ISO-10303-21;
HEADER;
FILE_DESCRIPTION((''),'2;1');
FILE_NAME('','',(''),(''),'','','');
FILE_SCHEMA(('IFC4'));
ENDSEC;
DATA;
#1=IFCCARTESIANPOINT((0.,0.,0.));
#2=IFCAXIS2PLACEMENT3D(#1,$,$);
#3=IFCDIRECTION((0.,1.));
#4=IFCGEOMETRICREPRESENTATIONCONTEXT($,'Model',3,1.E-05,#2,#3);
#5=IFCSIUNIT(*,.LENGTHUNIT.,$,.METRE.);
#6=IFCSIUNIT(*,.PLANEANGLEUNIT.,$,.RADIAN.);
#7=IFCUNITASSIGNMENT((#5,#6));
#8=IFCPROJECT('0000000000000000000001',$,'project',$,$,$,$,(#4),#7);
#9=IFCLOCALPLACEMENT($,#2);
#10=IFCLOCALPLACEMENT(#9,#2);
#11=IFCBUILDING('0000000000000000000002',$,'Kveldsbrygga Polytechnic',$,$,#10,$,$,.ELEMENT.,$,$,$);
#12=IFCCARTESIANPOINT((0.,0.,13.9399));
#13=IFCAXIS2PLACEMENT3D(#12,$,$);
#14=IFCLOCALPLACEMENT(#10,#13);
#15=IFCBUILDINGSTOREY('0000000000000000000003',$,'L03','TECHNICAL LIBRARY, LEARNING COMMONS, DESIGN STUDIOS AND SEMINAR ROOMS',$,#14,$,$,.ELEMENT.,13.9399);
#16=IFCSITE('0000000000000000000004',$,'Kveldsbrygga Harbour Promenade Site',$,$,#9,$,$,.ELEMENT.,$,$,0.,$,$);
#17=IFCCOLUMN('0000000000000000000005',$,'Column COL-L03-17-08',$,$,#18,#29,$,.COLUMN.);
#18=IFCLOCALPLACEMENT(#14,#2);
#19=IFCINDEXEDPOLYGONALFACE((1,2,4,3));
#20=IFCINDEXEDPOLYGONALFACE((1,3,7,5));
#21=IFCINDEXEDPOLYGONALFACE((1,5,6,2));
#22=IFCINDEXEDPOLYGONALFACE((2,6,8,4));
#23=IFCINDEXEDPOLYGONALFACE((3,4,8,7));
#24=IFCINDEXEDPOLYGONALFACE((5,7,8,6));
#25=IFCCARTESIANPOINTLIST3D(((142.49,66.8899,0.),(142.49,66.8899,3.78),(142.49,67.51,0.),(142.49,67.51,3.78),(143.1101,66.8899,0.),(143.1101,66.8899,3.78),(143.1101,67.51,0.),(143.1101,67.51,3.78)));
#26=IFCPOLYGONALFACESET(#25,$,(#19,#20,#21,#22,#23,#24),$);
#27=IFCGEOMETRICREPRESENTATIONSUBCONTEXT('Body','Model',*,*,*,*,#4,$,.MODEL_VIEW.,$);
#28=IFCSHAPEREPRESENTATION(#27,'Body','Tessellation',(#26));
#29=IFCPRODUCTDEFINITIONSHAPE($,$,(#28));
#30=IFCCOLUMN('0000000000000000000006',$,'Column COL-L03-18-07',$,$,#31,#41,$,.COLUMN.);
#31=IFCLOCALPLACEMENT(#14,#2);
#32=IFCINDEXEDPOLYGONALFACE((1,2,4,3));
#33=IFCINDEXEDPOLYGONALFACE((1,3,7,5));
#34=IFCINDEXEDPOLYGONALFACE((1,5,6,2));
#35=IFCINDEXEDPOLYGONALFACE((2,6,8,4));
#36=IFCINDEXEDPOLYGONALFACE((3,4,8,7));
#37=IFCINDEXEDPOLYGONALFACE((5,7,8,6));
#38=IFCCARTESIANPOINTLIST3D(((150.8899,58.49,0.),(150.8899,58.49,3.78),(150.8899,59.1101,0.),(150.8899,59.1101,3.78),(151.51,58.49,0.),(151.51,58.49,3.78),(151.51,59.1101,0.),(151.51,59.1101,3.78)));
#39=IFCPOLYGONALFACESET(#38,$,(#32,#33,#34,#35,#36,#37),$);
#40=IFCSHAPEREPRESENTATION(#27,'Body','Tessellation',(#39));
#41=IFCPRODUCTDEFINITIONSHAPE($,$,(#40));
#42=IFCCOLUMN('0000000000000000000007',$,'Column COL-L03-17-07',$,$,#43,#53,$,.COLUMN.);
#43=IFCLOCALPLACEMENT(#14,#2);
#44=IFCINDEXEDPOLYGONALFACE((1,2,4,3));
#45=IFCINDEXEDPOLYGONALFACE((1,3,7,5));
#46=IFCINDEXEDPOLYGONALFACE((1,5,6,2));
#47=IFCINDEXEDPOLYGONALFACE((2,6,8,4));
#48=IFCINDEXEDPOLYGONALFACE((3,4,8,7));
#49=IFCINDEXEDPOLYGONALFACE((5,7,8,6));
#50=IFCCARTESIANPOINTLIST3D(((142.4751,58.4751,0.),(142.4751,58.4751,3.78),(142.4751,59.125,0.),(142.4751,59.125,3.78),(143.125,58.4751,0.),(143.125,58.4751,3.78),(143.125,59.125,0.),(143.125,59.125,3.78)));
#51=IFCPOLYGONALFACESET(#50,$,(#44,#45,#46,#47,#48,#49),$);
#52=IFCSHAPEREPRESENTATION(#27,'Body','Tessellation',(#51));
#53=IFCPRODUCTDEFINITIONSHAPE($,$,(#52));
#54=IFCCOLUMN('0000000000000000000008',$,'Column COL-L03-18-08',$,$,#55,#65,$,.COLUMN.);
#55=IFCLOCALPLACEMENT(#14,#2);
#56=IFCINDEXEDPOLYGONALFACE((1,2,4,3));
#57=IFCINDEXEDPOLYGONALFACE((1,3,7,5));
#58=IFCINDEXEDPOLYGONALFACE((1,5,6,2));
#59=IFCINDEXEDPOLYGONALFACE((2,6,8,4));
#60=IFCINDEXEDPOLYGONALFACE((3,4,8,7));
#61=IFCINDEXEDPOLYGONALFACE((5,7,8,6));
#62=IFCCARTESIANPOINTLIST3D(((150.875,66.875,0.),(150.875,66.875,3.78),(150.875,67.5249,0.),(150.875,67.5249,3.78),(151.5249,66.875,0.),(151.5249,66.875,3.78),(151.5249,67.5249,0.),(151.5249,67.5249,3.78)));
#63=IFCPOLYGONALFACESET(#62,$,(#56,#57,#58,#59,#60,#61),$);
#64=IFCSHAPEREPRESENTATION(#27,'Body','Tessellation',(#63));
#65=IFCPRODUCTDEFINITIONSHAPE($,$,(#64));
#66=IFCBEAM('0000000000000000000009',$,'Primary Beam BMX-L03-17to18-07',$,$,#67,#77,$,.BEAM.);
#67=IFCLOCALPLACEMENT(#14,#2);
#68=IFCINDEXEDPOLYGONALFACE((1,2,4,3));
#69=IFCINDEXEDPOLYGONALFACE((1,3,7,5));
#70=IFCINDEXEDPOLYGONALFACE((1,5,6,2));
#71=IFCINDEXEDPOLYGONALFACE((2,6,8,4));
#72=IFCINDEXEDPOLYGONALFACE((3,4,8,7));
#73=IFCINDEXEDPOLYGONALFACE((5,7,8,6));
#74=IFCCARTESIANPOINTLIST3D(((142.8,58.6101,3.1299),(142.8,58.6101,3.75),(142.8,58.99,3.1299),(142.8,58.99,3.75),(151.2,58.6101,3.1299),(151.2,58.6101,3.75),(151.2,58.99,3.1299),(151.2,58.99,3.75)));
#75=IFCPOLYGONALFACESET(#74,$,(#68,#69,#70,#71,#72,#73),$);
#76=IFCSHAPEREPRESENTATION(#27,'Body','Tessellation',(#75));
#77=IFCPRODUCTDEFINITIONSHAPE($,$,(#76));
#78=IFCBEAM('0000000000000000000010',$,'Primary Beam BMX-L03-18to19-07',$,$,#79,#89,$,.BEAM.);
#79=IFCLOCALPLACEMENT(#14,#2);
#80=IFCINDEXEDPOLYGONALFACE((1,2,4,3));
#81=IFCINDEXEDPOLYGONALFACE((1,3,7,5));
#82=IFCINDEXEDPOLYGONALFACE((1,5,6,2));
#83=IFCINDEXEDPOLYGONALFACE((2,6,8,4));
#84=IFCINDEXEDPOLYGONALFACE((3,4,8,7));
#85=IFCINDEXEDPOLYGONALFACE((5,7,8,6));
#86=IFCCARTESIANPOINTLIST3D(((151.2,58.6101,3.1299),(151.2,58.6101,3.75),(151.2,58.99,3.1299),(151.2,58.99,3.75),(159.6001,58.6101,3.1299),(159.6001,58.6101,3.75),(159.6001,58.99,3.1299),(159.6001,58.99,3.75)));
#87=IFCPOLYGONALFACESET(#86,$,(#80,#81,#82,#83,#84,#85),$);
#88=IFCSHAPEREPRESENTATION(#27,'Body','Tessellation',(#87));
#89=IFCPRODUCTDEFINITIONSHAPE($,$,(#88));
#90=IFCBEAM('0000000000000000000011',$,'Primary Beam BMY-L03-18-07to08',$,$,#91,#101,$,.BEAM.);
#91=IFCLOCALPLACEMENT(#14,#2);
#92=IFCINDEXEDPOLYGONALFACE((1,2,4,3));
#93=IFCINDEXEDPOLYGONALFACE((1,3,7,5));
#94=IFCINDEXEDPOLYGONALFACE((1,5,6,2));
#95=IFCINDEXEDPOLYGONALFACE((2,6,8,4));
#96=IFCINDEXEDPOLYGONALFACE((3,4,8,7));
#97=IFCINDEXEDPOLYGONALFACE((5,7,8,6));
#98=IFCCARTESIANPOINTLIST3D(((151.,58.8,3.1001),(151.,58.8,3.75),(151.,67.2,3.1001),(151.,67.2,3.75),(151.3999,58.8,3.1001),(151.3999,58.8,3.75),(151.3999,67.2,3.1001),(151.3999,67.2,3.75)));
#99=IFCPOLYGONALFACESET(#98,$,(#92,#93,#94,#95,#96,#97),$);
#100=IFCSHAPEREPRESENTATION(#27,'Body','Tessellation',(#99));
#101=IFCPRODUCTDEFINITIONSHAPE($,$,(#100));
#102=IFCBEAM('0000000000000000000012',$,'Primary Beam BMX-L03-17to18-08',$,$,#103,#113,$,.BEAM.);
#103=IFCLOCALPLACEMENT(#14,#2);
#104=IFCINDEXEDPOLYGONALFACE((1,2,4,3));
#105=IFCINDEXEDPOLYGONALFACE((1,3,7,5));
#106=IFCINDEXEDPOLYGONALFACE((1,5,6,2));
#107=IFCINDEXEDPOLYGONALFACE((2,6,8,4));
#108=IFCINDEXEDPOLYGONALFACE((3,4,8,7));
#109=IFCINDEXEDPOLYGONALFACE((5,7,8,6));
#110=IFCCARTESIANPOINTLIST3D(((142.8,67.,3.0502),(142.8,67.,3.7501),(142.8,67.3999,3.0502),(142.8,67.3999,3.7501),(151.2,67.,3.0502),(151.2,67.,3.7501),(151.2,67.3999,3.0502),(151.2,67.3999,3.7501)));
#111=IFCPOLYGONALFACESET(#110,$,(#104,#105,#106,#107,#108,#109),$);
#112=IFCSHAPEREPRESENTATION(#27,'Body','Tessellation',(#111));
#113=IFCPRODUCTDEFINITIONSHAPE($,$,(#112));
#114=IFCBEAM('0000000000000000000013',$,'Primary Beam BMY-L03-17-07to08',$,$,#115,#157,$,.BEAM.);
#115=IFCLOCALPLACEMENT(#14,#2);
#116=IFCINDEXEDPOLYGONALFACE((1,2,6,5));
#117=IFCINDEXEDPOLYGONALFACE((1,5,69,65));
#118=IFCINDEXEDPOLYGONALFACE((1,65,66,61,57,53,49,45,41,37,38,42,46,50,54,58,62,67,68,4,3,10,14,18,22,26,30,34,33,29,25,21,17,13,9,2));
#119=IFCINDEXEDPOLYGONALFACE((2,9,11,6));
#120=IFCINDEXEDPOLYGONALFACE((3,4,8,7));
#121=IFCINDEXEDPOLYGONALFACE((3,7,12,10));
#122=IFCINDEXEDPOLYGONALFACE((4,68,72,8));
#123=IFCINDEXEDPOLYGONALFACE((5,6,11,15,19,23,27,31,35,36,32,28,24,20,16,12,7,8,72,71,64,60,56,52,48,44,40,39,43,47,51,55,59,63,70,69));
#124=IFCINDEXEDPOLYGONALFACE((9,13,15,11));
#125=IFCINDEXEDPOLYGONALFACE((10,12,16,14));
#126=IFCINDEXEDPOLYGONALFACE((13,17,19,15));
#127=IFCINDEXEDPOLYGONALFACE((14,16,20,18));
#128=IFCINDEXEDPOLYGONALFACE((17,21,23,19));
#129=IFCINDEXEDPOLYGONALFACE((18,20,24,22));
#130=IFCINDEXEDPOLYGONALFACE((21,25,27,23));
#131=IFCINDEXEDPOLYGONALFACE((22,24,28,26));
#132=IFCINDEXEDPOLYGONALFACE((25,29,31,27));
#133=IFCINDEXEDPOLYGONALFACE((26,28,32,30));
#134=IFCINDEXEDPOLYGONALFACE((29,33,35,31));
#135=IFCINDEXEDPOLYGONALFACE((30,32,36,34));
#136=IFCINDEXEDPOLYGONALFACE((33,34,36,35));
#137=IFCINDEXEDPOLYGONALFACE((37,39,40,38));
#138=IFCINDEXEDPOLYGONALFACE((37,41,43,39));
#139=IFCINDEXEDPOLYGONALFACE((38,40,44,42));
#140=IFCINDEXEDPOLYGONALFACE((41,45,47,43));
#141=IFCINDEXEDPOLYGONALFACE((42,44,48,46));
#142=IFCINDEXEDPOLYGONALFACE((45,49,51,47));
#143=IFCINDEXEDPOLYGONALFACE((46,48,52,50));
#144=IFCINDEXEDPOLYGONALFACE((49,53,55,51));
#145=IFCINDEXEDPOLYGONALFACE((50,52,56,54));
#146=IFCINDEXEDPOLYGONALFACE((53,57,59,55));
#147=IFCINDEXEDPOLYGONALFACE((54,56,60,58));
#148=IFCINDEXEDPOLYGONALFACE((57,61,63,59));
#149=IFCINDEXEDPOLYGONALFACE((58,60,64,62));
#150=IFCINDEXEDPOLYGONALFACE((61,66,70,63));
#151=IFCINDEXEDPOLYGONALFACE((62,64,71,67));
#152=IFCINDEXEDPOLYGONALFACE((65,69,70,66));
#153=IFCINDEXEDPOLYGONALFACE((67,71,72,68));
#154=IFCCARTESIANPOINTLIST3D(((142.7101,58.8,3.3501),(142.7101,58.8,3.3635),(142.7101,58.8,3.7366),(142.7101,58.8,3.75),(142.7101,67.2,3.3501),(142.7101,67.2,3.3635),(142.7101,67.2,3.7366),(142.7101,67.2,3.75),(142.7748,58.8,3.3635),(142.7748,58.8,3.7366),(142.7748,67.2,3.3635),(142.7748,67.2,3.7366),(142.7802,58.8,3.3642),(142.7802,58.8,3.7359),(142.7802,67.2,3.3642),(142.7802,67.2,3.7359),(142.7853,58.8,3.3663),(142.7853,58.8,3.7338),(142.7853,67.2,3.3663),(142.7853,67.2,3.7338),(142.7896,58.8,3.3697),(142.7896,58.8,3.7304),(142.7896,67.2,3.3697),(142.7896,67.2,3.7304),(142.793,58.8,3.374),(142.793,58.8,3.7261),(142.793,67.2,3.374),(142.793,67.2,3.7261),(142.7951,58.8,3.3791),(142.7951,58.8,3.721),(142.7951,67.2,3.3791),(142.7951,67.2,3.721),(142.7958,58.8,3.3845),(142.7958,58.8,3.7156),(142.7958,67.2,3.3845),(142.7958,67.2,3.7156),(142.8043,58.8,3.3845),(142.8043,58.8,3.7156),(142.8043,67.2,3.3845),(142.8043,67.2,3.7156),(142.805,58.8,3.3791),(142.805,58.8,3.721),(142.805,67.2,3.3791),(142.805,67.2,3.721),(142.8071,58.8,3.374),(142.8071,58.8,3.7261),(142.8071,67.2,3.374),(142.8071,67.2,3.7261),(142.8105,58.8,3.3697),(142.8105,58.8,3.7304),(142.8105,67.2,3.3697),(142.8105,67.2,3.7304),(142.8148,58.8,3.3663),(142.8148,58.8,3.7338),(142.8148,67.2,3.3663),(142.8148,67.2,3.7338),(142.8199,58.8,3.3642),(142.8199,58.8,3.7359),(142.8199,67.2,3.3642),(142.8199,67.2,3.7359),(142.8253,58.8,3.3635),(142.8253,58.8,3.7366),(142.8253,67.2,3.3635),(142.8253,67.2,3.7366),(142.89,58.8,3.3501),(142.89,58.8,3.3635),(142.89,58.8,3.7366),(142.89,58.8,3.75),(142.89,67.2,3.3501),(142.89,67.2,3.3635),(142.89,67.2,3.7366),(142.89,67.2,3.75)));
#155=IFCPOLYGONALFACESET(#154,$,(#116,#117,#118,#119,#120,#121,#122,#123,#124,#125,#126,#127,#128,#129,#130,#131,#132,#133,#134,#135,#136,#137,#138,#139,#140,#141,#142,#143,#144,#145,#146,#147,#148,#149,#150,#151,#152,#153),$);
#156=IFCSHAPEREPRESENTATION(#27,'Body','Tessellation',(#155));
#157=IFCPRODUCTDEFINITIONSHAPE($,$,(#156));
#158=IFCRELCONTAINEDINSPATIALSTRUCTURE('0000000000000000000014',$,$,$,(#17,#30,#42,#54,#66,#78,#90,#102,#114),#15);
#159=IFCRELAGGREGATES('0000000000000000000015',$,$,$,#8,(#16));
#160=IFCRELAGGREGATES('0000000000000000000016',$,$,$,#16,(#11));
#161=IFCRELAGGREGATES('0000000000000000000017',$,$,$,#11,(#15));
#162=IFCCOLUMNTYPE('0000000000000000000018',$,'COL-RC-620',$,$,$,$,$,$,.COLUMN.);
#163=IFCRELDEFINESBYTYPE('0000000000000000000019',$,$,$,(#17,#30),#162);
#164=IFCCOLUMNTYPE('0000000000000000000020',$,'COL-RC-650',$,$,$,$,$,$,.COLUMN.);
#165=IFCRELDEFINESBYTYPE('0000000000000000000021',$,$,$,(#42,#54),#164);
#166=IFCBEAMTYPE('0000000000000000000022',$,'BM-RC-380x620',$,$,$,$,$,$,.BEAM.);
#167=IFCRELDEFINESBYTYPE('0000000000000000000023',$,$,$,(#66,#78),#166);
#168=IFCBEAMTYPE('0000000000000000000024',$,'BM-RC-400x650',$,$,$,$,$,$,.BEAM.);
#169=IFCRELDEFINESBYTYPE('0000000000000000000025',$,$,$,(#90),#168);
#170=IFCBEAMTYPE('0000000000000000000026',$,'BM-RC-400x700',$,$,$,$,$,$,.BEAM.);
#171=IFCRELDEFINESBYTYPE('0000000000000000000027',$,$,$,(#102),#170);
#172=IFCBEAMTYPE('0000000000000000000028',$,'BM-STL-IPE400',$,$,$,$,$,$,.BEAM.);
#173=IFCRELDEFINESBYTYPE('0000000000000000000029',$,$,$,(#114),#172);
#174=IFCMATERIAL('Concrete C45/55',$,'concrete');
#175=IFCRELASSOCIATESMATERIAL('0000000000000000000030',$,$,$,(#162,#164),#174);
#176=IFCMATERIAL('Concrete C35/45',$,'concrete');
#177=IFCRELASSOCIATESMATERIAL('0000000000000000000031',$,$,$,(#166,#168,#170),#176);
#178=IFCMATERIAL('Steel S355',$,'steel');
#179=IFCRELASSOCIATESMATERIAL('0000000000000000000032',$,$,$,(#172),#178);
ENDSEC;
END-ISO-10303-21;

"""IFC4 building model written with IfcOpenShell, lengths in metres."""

from ifc_helpers import new_model, si_unit, direction, frame, origin, origin_2d, place, context, subcontext, project, spatial, rectangle, i_section, extrude, material, material_profile, profile_set, type_object, element, save


model = new_model("IFC4")

# Units and contexts
model_context = context("Model", 3, precision=1e-05, world=origin(), true_north=direction((0.0, 1.0)))
body_context = subcontext(model_context, "Body", "Model", "MODEL_VIEW")
ifc_project = project(units=[si_unit("LENGTHUNIT", "METRE"), si_unit("PLANEANGLEUNIT", "RADIAN")], contexts=[model_context])

# Site, building, storey
site_placement = place(None, origin())
site = spatial("IfcSite", under=ifc_project, at=site_placement, Name="Kveldsbrygga Harbour Promenade Site", CompositionType="ELEMENT", RefElevation=0.0)
building_placement = place(site_placement, origin())
building = spatial("IfcBuilding", under=site, at=building_placement, Name="Kveldsbrygga Polytechnic", CompositionType="ELEMENT")
storey_placement = place(building_placement, frame((0.0, 0.0, 13.9399)))
storey = spatial("IfcBuildingStorey", under=building, at=storey_placement, Name="L03", Description="TECHNICAL LIBRARY, LEARNING COMMONS, DESIGN STUDIOS AND SEMINAR ROOMS", CompositionType="ELEMENT", Elevation=13.9399)

# Columns
ifc_material_1 = material(Name="Concrete C45/55", Category="concrete")
ifc_material_profile_1 = material_profile(ifc_material_1, rectangle(XDim=0.6201, YDim=0.6201, at=origin_2d()), Name="RC 620x620")
ifc_profile_set_1 = profile_set([ifc_material_profile_1], Name="Concrete C45/55")
column_type_1 = type_object("IfcColumnType", Name="COL-RC-620", PredefinedType="COLUMN", material=ifc_profile_set_1)
for number, where, z_axis, x_axis, name in (
    (1, (142.8, 67.2, 0.0), (0.0, 0.0, 1.0), (1.0, 0.0, 0.0), "Column COL-L03-17-08"),
    (2, (151.2, 58.8, 0.0), (0.0, 0.0, 1.0), (1.0, 0.0, 0.0), "Column COL-L03-18-07"),
):
    element("IfcColumn", number, at=place(storey_placement, frame(where, z_axis=z_axis, x_axis=x_axis)), inside=storey, type_object=column_type_1, Name=name, PredefinedType="COLUMN", context=body_context, shape_type="SweptSolid", body=[
        extrude(rectangle(XDim=0.6201, YDim=0.6201, at=origin_2d()), origin(), (0.0, 0.0, 1.0), 3.78),
    ])
ifc_material_profile_2 = material_profile(ifc_material_1, rectangle(XDim=0.6499, YDim=0.6499, at=origin_2d()), Name="RC 650x650")
ifc_profile_set_2 = profile_set([ifc_material_profile_2], Name="Concrete C45/55")
column_type_2 = type_object("IfcColumnType", Name="COL-RC-650", PredefinedType="COLUMN", material=ifc_profile_set_2)
for number, where, z_axis, x_axis, name in (
    (3, (142.8, 58.8, 0.0), (0.0, 0.0, 1.0), (1.0, 0.0, 0.0), "Column COL-L03-17-07"),
    (4, (151.2, 67.2, 0.0), (0.0, 0.0, 1.0), (1.0, 0.0, 0.0), "Column COL-L03-18-08"),
):
    element("IfcColumn", number, at=place(storey_placement, frame(where, z_axis=z_axis, x_axis=x_axis)), inside=storey, type_object=column_type_2, Name=name, PredefinedType="COLUMN", context=body_context, shape_type="SweptSolid", body=[
        extrude(rectangle(XDim=0.6499, YDim=0.6499, at=origin_2d()), origin(), (0.0, 0.0, 1.0), 3.78),
    ])

# Beams
ifc_material_2 = material(Name="Concrete C35/45", Category="concrete")
ifc_material_profile_3 = material_profile(ifc_material_2, rectangle(XDim=0.3799, YDim=0.6201, at=origin_2d()), Name="RC 380x620")
ifc_profile_set_3 = profile_set([ifc_material_profile_3], Name="Concrete C35/45")
beam_type_1 = type_object("IfcBeamType", Name="BM-RC-380x620", PredefinedType="BEAM", material=ifc_profile_set_3)
beam_1_placement = place(storey_placement, frame((142.8, 58.8, 3.4399), z_axis=(1.0, 0.0, 0.0), x_axis=(0.0, 1.0, 0.0)))
element("IfcBeam", 5, at=beam_1_placement, inside=storey, type_object=beam_type_1, Name="Primary Beam BMX-L03-17to18-07", PredefinedType="BEAM", context=body_context, shape_type="SweptSolid", body=[
    extrude(rectangle(XDim=0.3799, YDim=0.6201, at=origin_2d()), origin(), (0.0, 0.0, 1.0), 8.3999),
])
beam_2_placement = place(storey_placement, frame((151.2, 58.8, 3.4399), z_axis=(1.0, 0.0, 0.0), x_axis=(0.0, 1.0, 0.0)))
element("IfcBeam", 6, at=beam_2_placement, inside=storey, type_object=beam_type_1, Name="Primary Beam BMX-L03-18to19-07", PredefinedType="BEAM", context=body_context, shape_type="SweptSolid", body=[
    extrude(rectangle(XDim=0.3799, YDim=0.6201, at=origin_2d()), origin(), (0.0, 0.0, 1.0), 8.4001),
])
ifc_material_profile_4 = material_profile(ifc_material_2, rectangle(XDim=0.3999, YDim=0.6499, at=origin_2d()), Name="RC 400x650")
ifc_profile_set_4 = profile_set([ifc_material_profile_4], Name="Concrete C35/45")
beam_type_2 = type_object("IfcBeamType", Name="BM-RC-400x650", PredefinedType="BEAM", material=ifc_profile_set_4)
beam_3_placement = place(storey_placement, frame((151.2, 58.8, 3.425), z_axis=(0.0, 1.0, 0.0), x_axis=(-1.0, 0.0, 0.0)))
element("IfcBeam", 7, at=beam_3_placement, inside=storey, type_object=beam_type_2, Name="Primary Beam BMY-L03-18-07to08", PredefinedType="BEAM", context=body_context, shape_type="SweptSolid", body=[
    extrude(rectangle(XDim=0.3999, YDim=0.6499, at=origin_2d()), origin(), (0.0, 0.0, 1.0), 8.3999),
])
ifc_material_profile_5 = material_profile(ifc_material_2, rectangle(XDim=0.3999, YDim=0.7, at=origin_2d()), Name="RC 400x700")
ifc_profile_set_5 = profile_set([ifc_material_profile_5], Name="Concrete C35/45")
beam_type_3 = type_object("IfcBeamType", Name="BM-RC-400x700", PredefinedType="BEAM", material=ifc_profile_set_5)
beam_4_placement = place(storey_placement, frame((142.8, 67.2, 3.4001), z_axis=(1.0, 0.0, 0.0), x_axis=(0.0, 1.0, 0.0)))
element("IfcBeam", 8, at=beam_4_placement, inside=storey, type_object=beam_type_3, Name="Primary Beam BMX-L03-17to18-08", PredefinedType="BEAM", context=body_context, shape_type="SweptSolid", body=[
    extrude(rectangle(XDim=0.3999, YDim=0.7, at=origin_2d()), origin(), (0.0, 0.0, 1.0), 8.3999),
])
ifc_material_3 = material(Name="Steel S355", Category="steel")
ifc_material_profile_6 = material_profile(ifc_material_3, i_section(OverallWidth=0.1799, OverallDepth=0.3999, WebThickness=0.0085, FlangeThickness=0.0134, FilletRadius=0.021, at=origin_2d()), Name="IPE 400")
ifc_profile_set_6 = profile_set([ifc_material_profile_6], Name="Steel S355")
beam_type_4 = type_object("IfcBeamType", Name="BM-STL-IPE400", PredefinedType="BEAM", material=ifc_profile_set_6)
beam_5_placement = place(storey_placement, frame((142.8, 58.8, 3.55), z_axis=(0.0, 1.0, 0.0), x_axis=(-1.0, 0.0, 0.0)))
element("IfcBeam", 9, at=beam_5_placement, inside=storey, type_object=beam_type_4, Name="Primary Beam BMY-L03-17-07to08", PredefinedType="BEAM", context=body_context, shape_type="SweptSolid", body=[
    extrude(i_section(OverallWidth=0.1799, OverallDepth=0.3999, WebThickness=0.0085, FlangeThickness=0.0134, FilletRadius=0.021, at=origin_2d()), origin(), (0.0, 0.0, 1.0), 8.3999),
])

save(model, "model.ifc")
